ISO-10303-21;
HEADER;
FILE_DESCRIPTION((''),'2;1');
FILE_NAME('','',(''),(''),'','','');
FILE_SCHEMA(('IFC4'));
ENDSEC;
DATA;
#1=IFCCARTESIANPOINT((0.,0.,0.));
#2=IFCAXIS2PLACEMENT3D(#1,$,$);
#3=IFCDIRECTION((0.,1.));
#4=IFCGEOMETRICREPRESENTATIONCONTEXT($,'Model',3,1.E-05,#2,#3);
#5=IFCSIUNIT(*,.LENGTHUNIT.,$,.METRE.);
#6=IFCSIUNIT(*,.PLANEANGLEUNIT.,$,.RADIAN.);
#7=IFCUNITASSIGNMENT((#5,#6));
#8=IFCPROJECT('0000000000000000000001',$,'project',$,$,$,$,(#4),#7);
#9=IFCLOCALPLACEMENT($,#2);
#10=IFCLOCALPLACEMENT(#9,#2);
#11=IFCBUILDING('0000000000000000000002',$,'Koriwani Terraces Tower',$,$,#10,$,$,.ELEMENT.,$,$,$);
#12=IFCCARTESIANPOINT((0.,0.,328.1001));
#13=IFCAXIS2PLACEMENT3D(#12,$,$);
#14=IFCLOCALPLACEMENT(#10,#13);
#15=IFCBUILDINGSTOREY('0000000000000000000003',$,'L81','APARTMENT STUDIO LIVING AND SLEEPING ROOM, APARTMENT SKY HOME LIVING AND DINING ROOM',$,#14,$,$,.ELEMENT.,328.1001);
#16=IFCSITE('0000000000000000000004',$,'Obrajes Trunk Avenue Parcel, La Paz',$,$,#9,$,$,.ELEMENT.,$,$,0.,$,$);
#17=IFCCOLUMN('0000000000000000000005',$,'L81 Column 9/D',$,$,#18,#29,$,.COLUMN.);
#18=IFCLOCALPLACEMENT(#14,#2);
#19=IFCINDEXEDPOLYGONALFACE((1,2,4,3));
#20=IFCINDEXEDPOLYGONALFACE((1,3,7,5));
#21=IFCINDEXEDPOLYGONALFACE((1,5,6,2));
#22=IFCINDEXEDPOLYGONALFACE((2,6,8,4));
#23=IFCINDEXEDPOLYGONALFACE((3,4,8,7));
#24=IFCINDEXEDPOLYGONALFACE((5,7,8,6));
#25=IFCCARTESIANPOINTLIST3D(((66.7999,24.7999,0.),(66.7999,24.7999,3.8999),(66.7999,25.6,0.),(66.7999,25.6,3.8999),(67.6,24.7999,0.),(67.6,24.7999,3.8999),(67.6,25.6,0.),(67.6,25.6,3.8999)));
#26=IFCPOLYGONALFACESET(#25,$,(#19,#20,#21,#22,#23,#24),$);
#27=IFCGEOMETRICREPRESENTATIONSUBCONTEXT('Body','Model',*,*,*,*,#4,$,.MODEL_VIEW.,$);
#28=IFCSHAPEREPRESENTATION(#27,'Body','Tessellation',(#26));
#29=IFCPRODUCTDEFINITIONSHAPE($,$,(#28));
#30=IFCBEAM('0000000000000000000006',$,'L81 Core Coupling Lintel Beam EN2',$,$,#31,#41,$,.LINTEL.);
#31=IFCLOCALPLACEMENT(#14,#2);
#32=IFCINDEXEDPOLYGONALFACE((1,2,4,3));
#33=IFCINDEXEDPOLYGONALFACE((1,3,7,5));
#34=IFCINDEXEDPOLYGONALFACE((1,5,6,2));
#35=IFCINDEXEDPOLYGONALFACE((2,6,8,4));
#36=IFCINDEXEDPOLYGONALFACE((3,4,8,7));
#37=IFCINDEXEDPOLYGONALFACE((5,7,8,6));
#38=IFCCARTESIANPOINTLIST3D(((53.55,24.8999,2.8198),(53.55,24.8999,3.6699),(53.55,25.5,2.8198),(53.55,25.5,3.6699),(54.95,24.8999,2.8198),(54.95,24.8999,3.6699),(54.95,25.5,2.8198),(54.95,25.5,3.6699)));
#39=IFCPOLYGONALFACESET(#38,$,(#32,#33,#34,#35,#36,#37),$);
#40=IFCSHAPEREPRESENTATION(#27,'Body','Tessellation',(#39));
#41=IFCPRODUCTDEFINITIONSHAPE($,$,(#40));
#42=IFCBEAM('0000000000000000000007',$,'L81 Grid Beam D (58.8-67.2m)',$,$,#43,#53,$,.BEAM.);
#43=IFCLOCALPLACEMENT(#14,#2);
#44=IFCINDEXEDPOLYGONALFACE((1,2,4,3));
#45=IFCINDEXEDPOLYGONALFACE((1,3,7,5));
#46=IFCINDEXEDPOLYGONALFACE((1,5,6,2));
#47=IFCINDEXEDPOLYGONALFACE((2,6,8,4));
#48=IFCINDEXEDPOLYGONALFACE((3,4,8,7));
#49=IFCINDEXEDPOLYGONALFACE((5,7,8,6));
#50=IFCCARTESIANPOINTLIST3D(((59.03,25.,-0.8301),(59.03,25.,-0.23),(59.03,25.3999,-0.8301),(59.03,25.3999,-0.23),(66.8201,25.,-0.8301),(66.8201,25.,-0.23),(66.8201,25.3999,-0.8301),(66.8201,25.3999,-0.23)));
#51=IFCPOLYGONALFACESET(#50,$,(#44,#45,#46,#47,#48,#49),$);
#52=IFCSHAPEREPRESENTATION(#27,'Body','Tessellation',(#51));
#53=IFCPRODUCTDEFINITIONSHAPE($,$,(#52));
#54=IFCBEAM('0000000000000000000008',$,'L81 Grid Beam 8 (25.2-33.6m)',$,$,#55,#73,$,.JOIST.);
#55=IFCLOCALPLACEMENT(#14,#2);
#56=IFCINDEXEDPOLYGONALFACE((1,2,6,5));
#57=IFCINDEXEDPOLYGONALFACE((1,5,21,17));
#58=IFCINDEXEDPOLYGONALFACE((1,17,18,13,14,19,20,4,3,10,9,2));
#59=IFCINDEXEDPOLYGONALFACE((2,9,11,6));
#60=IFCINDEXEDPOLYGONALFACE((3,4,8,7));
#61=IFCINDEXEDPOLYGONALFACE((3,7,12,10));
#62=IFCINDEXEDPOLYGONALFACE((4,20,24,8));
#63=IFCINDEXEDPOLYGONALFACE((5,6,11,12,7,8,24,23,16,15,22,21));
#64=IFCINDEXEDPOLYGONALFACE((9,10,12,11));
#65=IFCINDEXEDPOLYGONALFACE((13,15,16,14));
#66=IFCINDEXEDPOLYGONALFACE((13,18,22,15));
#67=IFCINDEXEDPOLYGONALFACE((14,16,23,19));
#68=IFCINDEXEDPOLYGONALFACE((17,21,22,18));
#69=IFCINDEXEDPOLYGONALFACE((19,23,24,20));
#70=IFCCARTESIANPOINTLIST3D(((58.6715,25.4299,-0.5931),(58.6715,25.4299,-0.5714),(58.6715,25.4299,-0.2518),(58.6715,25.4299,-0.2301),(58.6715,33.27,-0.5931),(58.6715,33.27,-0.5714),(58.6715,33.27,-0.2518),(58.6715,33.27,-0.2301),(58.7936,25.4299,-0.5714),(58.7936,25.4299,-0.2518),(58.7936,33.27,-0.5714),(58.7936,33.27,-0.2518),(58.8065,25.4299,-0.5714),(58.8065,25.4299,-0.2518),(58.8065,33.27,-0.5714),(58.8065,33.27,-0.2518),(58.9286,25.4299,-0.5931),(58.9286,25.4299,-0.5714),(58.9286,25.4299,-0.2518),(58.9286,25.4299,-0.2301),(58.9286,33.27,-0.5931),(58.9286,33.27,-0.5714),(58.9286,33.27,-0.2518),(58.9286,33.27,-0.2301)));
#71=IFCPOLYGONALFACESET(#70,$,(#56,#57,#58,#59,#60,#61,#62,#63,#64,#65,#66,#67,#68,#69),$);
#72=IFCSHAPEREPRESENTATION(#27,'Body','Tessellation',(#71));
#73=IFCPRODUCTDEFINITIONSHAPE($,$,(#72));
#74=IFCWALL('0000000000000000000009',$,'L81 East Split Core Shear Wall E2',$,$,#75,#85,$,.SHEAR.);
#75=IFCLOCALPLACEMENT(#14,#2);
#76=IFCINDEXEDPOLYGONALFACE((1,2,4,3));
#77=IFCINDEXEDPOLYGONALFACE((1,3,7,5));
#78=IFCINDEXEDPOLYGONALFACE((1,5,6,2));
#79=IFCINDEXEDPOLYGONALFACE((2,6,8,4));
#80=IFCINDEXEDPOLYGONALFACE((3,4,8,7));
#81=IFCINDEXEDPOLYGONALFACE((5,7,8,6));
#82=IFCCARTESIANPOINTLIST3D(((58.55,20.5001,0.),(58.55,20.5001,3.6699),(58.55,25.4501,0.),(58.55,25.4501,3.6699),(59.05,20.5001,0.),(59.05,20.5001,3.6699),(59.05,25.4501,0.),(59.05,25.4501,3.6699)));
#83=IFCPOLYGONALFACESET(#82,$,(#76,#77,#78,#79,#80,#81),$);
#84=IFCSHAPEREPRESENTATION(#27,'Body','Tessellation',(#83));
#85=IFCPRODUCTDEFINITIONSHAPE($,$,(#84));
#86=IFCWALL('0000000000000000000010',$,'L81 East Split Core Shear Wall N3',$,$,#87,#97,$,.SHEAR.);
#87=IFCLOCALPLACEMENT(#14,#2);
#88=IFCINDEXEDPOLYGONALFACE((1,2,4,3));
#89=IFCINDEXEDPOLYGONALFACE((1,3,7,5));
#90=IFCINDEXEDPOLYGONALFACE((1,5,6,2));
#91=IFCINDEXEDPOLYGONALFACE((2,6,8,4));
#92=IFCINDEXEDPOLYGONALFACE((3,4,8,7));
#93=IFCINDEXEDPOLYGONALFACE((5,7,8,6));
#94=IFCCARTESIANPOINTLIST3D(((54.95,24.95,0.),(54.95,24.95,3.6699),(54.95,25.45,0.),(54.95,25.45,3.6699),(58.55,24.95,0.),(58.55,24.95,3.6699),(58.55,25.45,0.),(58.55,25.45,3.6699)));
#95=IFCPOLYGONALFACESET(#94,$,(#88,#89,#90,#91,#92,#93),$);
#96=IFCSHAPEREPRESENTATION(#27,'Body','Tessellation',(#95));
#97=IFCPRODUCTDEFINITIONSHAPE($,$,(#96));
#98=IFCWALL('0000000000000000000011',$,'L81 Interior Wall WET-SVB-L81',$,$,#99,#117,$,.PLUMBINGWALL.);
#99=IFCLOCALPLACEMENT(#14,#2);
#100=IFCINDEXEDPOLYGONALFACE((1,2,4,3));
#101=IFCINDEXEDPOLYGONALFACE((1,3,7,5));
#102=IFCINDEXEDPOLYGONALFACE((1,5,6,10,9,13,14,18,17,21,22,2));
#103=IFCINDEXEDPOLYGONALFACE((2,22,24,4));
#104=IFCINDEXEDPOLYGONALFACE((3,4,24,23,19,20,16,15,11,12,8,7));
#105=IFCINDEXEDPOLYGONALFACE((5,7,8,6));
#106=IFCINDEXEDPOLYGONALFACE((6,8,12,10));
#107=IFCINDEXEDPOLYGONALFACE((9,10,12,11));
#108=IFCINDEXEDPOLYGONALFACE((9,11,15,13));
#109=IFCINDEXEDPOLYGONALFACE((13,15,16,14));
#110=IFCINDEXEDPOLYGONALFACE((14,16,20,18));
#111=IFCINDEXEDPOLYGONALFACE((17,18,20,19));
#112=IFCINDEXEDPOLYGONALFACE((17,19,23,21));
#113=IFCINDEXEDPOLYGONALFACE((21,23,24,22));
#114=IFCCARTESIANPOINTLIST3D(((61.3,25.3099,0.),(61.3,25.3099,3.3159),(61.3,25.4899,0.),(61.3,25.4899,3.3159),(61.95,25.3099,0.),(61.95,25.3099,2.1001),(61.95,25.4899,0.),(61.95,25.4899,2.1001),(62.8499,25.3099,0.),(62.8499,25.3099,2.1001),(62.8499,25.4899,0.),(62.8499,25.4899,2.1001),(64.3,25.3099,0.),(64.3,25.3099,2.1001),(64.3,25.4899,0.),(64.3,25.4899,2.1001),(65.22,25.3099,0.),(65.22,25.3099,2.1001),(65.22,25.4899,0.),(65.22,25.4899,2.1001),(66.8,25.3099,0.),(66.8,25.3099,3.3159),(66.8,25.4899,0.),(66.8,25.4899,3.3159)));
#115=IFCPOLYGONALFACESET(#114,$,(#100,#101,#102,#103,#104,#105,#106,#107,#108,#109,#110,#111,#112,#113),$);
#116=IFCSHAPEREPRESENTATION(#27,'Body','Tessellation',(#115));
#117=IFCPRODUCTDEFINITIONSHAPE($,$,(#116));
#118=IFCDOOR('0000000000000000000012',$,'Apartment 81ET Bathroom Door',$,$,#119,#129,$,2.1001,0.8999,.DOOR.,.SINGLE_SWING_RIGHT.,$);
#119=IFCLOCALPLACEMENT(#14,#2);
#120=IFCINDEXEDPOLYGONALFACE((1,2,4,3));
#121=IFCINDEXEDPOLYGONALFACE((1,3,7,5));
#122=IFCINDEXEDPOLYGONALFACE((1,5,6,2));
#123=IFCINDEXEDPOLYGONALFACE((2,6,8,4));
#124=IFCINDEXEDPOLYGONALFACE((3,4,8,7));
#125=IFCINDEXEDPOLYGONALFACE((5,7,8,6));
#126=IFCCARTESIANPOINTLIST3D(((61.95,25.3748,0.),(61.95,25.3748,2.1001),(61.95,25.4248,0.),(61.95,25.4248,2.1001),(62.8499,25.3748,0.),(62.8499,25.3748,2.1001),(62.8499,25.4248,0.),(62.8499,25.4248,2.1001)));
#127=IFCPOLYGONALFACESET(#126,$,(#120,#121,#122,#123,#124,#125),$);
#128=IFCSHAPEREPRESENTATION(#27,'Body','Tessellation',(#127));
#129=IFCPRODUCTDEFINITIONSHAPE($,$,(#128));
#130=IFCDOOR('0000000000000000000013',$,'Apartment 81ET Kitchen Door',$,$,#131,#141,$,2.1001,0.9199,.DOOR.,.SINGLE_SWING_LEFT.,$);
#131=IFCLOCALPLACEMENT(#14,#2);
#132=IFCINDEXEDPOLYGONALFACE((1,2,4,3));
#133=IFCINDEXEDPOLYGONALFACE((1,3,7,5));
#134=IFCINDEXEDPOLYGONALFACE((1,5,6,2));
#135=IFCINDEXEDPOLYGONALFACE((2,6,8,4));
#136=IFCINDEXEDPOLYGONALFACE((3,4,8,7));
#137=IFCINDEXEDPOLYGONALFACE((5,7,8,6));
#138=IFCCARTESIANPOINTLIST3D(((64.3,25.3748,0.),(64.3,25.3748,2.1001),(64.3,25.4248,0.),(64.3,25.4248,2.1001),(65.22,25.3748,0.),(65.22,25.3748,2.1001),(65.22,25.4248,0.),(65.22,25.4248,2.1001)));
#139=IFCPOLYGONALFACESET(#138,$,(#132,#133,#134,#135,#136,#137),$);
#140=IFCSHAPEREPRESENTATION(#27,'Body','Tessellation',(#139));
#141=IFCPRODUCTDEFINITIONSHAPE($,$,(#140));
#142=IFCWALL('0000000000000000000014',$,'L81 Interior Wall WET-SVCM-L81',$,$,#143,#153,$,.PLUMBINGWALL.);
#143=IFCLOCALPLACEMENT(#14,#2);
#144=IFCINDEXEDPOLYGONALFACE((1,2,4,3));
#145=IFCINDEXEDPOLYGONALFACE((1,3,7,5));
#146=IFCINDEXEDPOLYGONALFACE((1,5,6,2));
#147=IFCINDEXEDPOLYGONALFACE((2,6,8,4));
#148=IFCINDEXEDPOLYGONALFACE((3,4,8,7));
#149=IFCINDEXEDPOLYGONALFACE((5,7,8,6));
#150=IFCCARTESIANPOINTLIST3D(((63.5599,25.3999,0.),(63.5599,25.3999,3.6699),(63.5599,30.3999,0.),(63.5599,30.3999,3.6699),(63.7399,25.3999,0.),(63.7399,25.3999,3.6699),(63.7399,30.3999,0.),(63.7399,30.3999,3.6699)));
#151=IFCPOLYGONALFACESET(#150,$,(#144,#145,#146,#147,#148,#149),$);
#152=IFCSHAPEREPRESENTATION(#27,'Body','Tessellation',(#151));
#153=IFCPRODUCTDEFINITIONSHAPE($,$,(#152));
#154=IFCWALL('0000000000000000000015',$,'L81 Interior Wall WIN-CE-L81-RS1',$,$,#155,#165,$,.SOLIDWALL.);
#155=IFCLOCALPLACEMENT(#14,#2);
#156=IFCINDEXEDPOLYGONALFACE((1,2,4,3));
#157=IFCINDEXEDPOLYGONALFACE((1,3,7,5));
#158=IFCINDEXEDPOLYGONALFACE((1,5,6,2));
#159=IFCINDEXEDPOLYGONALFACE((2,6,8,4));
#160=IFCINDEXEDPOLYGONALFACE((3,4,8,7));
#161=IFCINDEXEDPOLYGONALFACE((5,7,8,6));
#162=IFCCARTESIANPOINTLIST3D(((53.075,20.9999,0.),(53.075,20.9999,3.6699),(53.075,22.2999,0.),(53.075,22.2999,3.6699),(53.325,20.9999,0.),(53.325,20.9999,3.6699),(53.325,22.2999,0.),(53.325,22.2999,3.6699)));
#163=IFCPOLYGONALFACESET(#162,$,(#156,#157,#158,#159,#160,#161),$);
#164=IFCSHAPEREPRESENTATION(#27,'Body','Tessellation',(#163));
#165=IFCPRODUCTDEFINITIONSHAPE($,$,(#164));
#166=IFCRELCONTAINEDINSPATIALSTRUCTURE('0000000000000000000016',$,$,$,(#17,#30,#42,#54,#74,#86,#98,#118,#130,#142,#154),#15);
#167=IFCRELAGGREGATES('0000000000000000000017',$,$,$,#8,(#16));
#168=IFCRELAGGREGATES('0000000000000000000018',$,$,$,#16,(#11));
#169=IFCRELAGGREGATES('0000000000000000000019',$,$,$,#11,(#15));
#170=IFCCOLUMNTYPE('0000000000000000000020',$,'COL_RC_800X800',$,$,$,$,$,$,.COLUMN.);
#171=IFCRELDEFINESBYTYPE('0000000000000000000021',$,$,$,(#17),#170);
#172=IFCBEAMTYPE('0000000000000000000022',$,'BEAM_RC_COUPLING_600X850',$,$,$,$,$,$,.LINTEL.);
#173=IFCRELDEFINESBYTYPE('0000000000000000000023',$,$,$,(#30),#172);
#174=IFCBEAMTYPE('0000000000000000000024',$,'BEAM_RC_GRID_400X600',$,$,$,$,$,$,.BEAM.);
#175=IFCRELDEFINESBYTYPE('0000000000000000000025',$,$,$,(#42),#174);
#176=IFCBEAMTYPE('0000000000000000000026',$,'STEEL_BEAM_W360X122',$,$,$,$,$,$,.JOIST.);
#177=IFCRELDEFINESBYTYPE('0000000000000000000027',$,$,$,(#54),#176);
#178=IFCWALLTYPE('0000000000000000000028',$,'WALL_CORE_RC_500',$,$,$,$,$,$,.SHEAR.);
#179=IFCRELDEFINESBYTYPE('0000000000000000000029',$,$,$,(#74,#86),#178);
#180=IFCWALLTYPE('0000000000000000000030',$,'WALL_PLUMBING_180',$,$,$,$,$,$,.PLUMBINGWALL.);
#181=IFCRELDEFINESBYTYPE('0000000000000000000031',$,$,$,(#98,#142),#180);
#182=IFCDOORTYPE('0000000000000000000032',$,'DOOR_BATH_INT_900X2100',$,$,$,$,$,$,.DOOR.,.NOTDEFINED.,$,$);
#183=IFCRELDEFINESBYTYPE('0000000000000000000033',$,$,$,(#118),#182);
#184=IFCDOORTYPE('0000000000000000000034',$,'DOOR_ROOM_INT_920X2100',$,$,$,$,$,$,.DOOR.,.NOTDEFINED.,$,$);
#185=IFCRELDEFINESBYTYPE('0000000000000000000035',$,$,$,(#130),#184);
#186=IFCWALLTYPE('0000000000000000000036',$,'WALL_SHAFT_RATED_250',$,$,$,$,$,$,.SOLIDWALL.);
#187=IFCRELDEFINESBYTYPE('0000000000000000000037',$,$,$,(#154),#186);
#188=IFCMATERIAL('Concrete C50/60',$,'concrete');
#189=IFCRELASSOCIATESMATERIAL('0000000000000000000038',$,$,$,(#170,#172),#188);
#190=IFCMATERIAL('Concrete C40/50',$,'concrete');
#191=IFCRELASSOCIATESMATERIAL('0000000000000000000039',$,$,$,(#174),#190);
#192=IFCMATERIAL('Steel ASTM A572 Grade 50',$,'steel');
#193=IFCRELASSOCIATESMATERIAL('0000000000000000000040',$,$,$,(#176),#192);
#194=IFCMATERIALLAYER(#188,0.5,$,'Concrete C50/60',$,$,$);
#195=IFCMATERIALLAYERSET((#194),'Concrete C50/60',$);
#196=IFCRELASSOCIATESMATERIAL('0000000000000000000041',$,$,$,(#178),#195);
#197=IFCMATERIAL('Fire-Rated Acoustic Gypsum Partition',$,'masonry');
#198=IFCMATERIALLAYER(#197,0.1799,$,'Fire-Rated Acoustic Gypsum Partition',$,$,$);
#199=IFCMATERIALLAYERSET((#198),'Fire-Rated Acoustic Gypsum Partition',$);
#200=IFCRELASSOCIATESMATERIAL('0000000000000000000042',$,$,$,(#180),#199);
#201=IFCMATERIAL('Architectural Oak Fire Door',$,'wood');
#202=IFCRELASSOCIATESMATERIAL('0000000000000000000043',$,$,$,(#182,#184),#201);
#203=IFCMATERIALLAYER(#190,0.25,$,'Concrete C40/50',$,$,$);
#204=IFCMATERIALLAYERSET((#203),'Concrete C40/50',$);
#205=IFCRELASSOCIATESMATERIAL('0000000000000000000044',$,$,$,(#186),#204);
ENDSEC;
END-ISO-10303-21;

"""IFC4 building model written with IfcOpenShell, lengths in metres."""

from ifc_helpers import new_model, si_unit, direction, frame, frame_2d, origin, origin_2d, place, context, subcontext, project, spatial, rectangle, i_section, extrude, material, layer, layer_set, material_profile, profile_set, type_object, element, fill, save


model = new_model("IFC4")

# Units and contexts
model_context = context("Model", 3, precision=1e-05, world=origin(), true_north=direction((0.0, 1.0)))
body_context = subcontext(model_context, "Body", "Model", "MODEL_VIEW")
ifc_project = project(units=[si_unit("LENGTHUNIT", "METRE"), si_unit("PLANEANGLEUNIT", "RADIAN")], contexts=[model_context])

# Site, building, storey
site_placement = place(None, origin())
site = spatial("IfcSite", under=ifc_project, at=site_placement, Name="Obrajes Trunk Avenue Parcel, La Paz", CompositionType="ELEMENT", RefElevation=0.0)
building_placement = place(site_placement, origin())
building = spatial("IfcBuilding", under=site, at=building_placement, Name="Koriwani Terraces Tower", CompositionType="ELEMENT")
storey_placement = place(building_placement, frame((0.0, 0.0, 328.1001)))
storey = spatial("IfcBuildingStorey", under=building, at=storey_placement, Name="L81", Description="APARTMENT STUDIO LIVING AND SLEEPING ROOM, APARTMENT SKY HOME LIVING AND DINING ROOM", CompositionType="ELEMENT", Elevation=328.1001)

# Column
ifc_material_1 = material(Name="Concrete C50/60", Category="concrete")
ifc_material_profile_1 = material_profile(ifc_material_1, rectangle(XDim=0.8, YDim=0.8, at=origin_2d()), Name="Concrete C50/60", Category="LoadBearing")
ifc_profile_set_1 = profile_set([ifc_material_profile_1], Name="Concrete C50/60")
column_type = type_object("IfcColumnType", Name="COL_RC_800X800", PredefinedType="COLUMN", material=ifc_profile_set_1)
column_placement = place(storey_placement, frame((67.2, 25.2, 0.0), z_axis=(0.0, 0.0, 1.0), x_axis=(1.0, 0.0, 0.0)))
element("IfcColumn", 1, at=column_placement, inside=storey, type_object=column_type, Name="L81 Column 9/D", PredefinedType="COLUMN", context=body_context, shape_type="SweptSolid", body=[
    extrude(rectangle(XDim=0.8, YDim=0.8, at=origin_2d()), origin(), (0.0, 0.0, 1.0), 3.8999),
])

# Beams
ifc_material_profile_2 = material_profile(ifc_material_1, rectangle(XDim=0.6001, YDim=0.8501, at=origin_2d()), Name="Concrete C50/60", Category="LoadBearing")
ifc_profile_set_2 = profile_set([ifc_material_profile_2], Name="Concrete C50/60")
beam_type_1 = type_object("IfcBeamType", Name="BEAM_RC_COUPLING_600X850", PredefinedType="LINTEL", material=ifc_profile_set_2)
beam_1_placement = place(storey_placement, frame((53.55, 25.2, 3.2449), z_axis=(1.0, 0.0, 0.0), x_axis=(0.0, 1.0, 0.0)))
element("IfcBeam", 2, at=beam_1_placement, inside=storey, type_object=beam_type_1, Name="L81 Core Coupling Lintel Beam EN2", PredefinedType="LINTEL", context=body_context, shape_type="SweptSolid", body=[
    extrude(rectangle(XDim=0.6001, YDim=0.8501, at=origin_2d()), origin(), (0.0, 0.0, 1.0), 1.3999),
])
ifc_material_2 = material(Name="Concrete C40/50", Category="concrete")
ifc_material_profile_3 = material_profile(ifc_material_2, rectangle(XDim=0.3999, YDim=0.6001, at=origin_2d()), Name="Concrete C40/50", Category="LoadBearing")
ifc_profile_set_3 = profile_set([ifc_material_profile_3], Name="Concrete C40/50")
beam_type_2 = type_object("IfcBeamType", Name="BEAM_RC_GRID_400X600", PredefinedType="BEAM", material=ifc_profile_set_3)
beam_2_placement = place(storey_placement, frame((59.03, 25.2, -0.53), z_axis=(1.0, 0.0, 0.0), x_axis=(0.0, 1.0, 0.0)))
element("IfcBeam", 3, at=beam_2_placement, inside=storey, type_object=beam_type_2, Name="L81 Grid Beam D (58.8-67.2m)", PredefinedType="BEAM", context=body_context, shape_type="SweptSolid", body=[
    extrude(rectangle(XDim=0.3999, YDim=0.6001, at=origin_2d()), origin(), (0.0, 0.0, 1.0), 7.79),
])
ifc_material_3 = material(Name="Steel ASTM A572 Grade 50", Category="steel")
ifc_material_profile_4 = material_profile(ifc_material_3, i_section(OverallWidth=0.2571, OverallDepth=0.363, WebThickness=0.0129, FlangeThickness=0.0217, at=origin_2d()), Name="Steel ASTM A572 Grade 50", Category="LoadBearing")
ifc_profile_set_4 = profile_set([ifc_material_profile_4], Name="Steel ASTM A572 Grade 50")
beam_type_3 = type_object("IfcBeamType", Name="STEEL_BEAM_W360X122", PredefinedType="JOIST", material=ifc_profile_set_4)
beam_3_placement = place(storey_placement, frame((58.8, 25.4299, -0.4116), z_axis=(0.0, 1.0, 0.0), x_axis=(-1.0, 0.0, 0.0)))
element("IfcBeam", 4, at=beam_3_placement, inside=storey, type_object=beam_type_3, Name="L81 Grid Beam 8 (25.2-33.6m)", PredefinedType="JOIST", context=body_context, shape_type="SweptSolid", body=[
    extrude(i_section(OverallWidth=0.2571, OverallDepth=0.363, WebThickness=0.0129, FlangeThickness=0.0217, at=origin_2d()), origin(), (0.0, 0.0, 1.0), 7.8401),
])

# Walls
ifc_layer_1 = layer(ifc_material_1, 0.5, Name="Concrete C50/60")
ifc_layer_set_1 = layer_set([ifc_layer_1], Name="Concrete C50/60")
wall_type_1 = type_object("IfcWallType", Name="WALL_CORE_RC_500", PredefinedType="SHEAR", material=ifc_layer_set_1)
wall_1_placement = place(storey_placement, frame((58.8, 20.5, 0.0), z_axis=(0.0, 0.0, 1.0), x_axis=(0.0, 1.0, 0.0)))
element("IfcWall", 5, at=wall_1_placement, inside=storey, type_object=wall_type_1, Name="L81 East Split Core Shear Wall E2", PredefinedType="SHEAR", context=body_context, shape_type="SweptSolid", body=[
    extrude(rectangle(XDim=4.95, YDim=0.5, at=frame_2d((2.4751, 0.0))), origin(), (0.0, 0.0, 1.0), 3.6699),
])
wall_2_placement = place(storey_placement, frame((54.95, 25.2, 0.0), z_axis=(0.0, 0.0, 1.0), x_axis=(1.0, 0.0, 0.0)))
element("IfcWall", 6, at=wall_2_placement, inside=storey, type_object=wall_type_1, Name="L81 East Split Core Shear Wall N3", PredefinedType="SHEAR", context=body_context, shape_type="SweptSolid", body=[
    extrude(rectangle(XDim=3.6001, YDim=0.5, at=frame_2d((1.8, 0.0))), origin(), (0.0, 0.0, 1.0), 3.6699),
])

# Wall, openings, doors
ifc_material_4 = material(Name="Fire-Rated Acoustic Gypsum Partition", Category="masonry")
ifc_layer_2 = layer(ifc_material_4, 0.1799, Name="Fire-Rated Acoustic Gypsum Partition")
ifc_layer_set_2 = layer_set([ifc_layer_2], Name="Fire-Rated Acoustic Gypsum Partition")
wall_type_2 = type_object("IfcWallType", Name="WALL_PLUMBING_180", PredefinedType="PLUMBINGWALL", material=ifc_layer_set_2)
wall_3_placement = place(storey_placement, frame((61.3, 25.3999, 0.0), z_axis=(0.0, 0.0, 1.0), x_axis=(1.0, 0.0, 0.0)))
wall_3 = element("IfcWall", 7, at=wall_3_placement, inside=storey, type_object=wall_type_2, Name="L81 Interior Wall WET-SVB-L81", PredefinedType="PLUMBINGWALL", context=body_context, shape_type="SweptSolid", body=[
    extrude(rectangle(XDim=5.5, YDim=0.1799, at=frame_2d((2.75, 0.0))), origin(), (0.0, 0.0, 1.0), 3.3159),
])
opening_1_placement = place(wall_3_placement, frame((0.6499, 0.0, 0.0)))
opening_1 = element("IfcOpeningElement", 8, at=opening_1_placement, cuts=wall_3, PredefinedType="OPENING", context=body_context, shape_type="SweptSolid", body=[
    extrude(rectangle(XDim=0.8999, YDim=2.1001, at=frame_2d((0.45, 1.05))), frame((0.0, 0.1001, 0.0), z_axis=(0.0, -1.0, 0.0), x_axis=(1.0, 0.0, 0.0)), (0.0, 0.0, 1.0), 0.2),
])
opening_2_placement = place(wall_3_placement, frame((3.0, 0.0, 0.0)))
opening_2 = element("IfcOpeningElement", 9, at=opening_2_placement, cuts=wall_3, PredefinedType="OPENING", context=body_context, shape_type="SweptSolid", body=[
    extrude(rectangle(XDim=0.9199, YDim=2.1001, at=frame_2d((0.46, 1.05))), frame((0.0, 0.1001, 0.0), z_axis=(0.0, -1.0, 0.0), x_axis=(1.0, 0.0, 0.0)), (0.0, 0.0, 1.0), 0.2),
])
ifc_material_5 = material(Name="Architectural Oak Fire Door", Category="wood")
door_type_1 = type_object("IfcDoorType", Name="DOOR_BATH_INT_900X2100", OperationType="NOTDEFINED", PredefinedType="DOOR", material=ifc_material_5)
door_1_placement = place(opening_1_placement, origin())
door_1 = element("IfcDoor", 10, at=door_1_placement, inside=storey, type_object=door_type_1, Name="Apartment 81ET Bathroom Door", OperationType="SINGLE_SWING_RIGHT", OverallHeight=2.1001, OverallWidth=0.8999, PredefinedType="DOOR", context=body_context, shape_type="SweptSolid", body=[
    extrude(rectangle(XDim=0.8999, YDim=2.1001, at=frame_2d((0.45, 1.05))), frame((0.0, 0.0249, 0.0), z_axis=(0.0, -1.0, 0.0), x_axis=(1.0, 0.0, 0.0)), (0.0, 0.0, 1.0), 0.05),
])
fill(opening_1, door_1)
door_type_2 = type_object("IfcDoorType", Name="DOOR_ROOM_INT_920X2100", OperationType="NOTDEFINED", PredefinedType="DOOR", material=ifc_material_5)
door_2_placement = place(opening_2_placement, origin())
door_2 = element("IfcDoor", 11, at=door_2_placement, inside=storey, type_object=door_type_2, Name="Apartment 81ET Kitchen Door", OperationType="SINGLE_SWING_LEFT", OverallHeight=2.1001, OverallWidth=0.9199, PredefinedType="DOOR", context=body_context, shape_type="SweptSolid", body=[
    extrude(rectangle(XDim=0.9199, YDim=2.1001, at=frame_2d((0.46, 1.05))), frame((0.0, 0.0249, 0.0), z_axis=(0.0, -1.0, 0.0), x_axis=(1.0, 0.0, 0.0)), (0.0, 0.0, 1.0), 0.05),
])
fill(opening_2, door_2)

# Wall
wall_4_placement = place(storey_placement, frame((63.6499, 25.3999, 0.0), z_axis=(0.0, 0.0, 1.0), x_axis=(0.0, 1.0, 0.0)))
element("IfcWall", 12, at=wall_4_placement, inside=storey, type_object=wall_type_2, Name="L81 Interior Wall WET-SVCM-L81", PredefinedType="PLUMBINGWALL", context=body_context, shape_type="SweptSolid", body=[
    extrude(rectangle(XDim=5.0, YDim=0.1799, at=frame_2d((2.5, 0.0))), origin(), (0.0, 0.0, 1.0), 3.6699),
])

# Shared definitions
ifc_layer_3 = layer(ifc_material_2, 0.25, Name="Concrete C40/50")
ifc_layer_set_3 = layer_set([ifc_layer_3], Name="Concrete C40/50")
wall_type_3 = type_object("IfcWallType", Name="WALL_SHAFT_RATED_250", PredefinedType="SOLIDWALL", material=ifc_layer_set_3)

# Wall
wall_5_placement = place(storey_placement, frame((53.2, 21.0, 0.0), z_axis=(0.0, 0.0, 1.0), x_axis=(0.0, 1.0, 0.0)))
element("IfcWall", 13, at=wall_5_placement, inside=storey, type_object=wall_type_3, Name="L81 Interior Wall WIN-CE-L81-RS1", PredefinedType="SOLIDWALL", context=body_context, shape_type="SweptSolid", body=[
    extrude(rectangle(XDim=1.3, YDim=0.25, at=frame_2d((0.6499, 0.0))), origin(), (0.0, 0.0, 1.0), 3.6699),
])

save(model, "model.ifc")
